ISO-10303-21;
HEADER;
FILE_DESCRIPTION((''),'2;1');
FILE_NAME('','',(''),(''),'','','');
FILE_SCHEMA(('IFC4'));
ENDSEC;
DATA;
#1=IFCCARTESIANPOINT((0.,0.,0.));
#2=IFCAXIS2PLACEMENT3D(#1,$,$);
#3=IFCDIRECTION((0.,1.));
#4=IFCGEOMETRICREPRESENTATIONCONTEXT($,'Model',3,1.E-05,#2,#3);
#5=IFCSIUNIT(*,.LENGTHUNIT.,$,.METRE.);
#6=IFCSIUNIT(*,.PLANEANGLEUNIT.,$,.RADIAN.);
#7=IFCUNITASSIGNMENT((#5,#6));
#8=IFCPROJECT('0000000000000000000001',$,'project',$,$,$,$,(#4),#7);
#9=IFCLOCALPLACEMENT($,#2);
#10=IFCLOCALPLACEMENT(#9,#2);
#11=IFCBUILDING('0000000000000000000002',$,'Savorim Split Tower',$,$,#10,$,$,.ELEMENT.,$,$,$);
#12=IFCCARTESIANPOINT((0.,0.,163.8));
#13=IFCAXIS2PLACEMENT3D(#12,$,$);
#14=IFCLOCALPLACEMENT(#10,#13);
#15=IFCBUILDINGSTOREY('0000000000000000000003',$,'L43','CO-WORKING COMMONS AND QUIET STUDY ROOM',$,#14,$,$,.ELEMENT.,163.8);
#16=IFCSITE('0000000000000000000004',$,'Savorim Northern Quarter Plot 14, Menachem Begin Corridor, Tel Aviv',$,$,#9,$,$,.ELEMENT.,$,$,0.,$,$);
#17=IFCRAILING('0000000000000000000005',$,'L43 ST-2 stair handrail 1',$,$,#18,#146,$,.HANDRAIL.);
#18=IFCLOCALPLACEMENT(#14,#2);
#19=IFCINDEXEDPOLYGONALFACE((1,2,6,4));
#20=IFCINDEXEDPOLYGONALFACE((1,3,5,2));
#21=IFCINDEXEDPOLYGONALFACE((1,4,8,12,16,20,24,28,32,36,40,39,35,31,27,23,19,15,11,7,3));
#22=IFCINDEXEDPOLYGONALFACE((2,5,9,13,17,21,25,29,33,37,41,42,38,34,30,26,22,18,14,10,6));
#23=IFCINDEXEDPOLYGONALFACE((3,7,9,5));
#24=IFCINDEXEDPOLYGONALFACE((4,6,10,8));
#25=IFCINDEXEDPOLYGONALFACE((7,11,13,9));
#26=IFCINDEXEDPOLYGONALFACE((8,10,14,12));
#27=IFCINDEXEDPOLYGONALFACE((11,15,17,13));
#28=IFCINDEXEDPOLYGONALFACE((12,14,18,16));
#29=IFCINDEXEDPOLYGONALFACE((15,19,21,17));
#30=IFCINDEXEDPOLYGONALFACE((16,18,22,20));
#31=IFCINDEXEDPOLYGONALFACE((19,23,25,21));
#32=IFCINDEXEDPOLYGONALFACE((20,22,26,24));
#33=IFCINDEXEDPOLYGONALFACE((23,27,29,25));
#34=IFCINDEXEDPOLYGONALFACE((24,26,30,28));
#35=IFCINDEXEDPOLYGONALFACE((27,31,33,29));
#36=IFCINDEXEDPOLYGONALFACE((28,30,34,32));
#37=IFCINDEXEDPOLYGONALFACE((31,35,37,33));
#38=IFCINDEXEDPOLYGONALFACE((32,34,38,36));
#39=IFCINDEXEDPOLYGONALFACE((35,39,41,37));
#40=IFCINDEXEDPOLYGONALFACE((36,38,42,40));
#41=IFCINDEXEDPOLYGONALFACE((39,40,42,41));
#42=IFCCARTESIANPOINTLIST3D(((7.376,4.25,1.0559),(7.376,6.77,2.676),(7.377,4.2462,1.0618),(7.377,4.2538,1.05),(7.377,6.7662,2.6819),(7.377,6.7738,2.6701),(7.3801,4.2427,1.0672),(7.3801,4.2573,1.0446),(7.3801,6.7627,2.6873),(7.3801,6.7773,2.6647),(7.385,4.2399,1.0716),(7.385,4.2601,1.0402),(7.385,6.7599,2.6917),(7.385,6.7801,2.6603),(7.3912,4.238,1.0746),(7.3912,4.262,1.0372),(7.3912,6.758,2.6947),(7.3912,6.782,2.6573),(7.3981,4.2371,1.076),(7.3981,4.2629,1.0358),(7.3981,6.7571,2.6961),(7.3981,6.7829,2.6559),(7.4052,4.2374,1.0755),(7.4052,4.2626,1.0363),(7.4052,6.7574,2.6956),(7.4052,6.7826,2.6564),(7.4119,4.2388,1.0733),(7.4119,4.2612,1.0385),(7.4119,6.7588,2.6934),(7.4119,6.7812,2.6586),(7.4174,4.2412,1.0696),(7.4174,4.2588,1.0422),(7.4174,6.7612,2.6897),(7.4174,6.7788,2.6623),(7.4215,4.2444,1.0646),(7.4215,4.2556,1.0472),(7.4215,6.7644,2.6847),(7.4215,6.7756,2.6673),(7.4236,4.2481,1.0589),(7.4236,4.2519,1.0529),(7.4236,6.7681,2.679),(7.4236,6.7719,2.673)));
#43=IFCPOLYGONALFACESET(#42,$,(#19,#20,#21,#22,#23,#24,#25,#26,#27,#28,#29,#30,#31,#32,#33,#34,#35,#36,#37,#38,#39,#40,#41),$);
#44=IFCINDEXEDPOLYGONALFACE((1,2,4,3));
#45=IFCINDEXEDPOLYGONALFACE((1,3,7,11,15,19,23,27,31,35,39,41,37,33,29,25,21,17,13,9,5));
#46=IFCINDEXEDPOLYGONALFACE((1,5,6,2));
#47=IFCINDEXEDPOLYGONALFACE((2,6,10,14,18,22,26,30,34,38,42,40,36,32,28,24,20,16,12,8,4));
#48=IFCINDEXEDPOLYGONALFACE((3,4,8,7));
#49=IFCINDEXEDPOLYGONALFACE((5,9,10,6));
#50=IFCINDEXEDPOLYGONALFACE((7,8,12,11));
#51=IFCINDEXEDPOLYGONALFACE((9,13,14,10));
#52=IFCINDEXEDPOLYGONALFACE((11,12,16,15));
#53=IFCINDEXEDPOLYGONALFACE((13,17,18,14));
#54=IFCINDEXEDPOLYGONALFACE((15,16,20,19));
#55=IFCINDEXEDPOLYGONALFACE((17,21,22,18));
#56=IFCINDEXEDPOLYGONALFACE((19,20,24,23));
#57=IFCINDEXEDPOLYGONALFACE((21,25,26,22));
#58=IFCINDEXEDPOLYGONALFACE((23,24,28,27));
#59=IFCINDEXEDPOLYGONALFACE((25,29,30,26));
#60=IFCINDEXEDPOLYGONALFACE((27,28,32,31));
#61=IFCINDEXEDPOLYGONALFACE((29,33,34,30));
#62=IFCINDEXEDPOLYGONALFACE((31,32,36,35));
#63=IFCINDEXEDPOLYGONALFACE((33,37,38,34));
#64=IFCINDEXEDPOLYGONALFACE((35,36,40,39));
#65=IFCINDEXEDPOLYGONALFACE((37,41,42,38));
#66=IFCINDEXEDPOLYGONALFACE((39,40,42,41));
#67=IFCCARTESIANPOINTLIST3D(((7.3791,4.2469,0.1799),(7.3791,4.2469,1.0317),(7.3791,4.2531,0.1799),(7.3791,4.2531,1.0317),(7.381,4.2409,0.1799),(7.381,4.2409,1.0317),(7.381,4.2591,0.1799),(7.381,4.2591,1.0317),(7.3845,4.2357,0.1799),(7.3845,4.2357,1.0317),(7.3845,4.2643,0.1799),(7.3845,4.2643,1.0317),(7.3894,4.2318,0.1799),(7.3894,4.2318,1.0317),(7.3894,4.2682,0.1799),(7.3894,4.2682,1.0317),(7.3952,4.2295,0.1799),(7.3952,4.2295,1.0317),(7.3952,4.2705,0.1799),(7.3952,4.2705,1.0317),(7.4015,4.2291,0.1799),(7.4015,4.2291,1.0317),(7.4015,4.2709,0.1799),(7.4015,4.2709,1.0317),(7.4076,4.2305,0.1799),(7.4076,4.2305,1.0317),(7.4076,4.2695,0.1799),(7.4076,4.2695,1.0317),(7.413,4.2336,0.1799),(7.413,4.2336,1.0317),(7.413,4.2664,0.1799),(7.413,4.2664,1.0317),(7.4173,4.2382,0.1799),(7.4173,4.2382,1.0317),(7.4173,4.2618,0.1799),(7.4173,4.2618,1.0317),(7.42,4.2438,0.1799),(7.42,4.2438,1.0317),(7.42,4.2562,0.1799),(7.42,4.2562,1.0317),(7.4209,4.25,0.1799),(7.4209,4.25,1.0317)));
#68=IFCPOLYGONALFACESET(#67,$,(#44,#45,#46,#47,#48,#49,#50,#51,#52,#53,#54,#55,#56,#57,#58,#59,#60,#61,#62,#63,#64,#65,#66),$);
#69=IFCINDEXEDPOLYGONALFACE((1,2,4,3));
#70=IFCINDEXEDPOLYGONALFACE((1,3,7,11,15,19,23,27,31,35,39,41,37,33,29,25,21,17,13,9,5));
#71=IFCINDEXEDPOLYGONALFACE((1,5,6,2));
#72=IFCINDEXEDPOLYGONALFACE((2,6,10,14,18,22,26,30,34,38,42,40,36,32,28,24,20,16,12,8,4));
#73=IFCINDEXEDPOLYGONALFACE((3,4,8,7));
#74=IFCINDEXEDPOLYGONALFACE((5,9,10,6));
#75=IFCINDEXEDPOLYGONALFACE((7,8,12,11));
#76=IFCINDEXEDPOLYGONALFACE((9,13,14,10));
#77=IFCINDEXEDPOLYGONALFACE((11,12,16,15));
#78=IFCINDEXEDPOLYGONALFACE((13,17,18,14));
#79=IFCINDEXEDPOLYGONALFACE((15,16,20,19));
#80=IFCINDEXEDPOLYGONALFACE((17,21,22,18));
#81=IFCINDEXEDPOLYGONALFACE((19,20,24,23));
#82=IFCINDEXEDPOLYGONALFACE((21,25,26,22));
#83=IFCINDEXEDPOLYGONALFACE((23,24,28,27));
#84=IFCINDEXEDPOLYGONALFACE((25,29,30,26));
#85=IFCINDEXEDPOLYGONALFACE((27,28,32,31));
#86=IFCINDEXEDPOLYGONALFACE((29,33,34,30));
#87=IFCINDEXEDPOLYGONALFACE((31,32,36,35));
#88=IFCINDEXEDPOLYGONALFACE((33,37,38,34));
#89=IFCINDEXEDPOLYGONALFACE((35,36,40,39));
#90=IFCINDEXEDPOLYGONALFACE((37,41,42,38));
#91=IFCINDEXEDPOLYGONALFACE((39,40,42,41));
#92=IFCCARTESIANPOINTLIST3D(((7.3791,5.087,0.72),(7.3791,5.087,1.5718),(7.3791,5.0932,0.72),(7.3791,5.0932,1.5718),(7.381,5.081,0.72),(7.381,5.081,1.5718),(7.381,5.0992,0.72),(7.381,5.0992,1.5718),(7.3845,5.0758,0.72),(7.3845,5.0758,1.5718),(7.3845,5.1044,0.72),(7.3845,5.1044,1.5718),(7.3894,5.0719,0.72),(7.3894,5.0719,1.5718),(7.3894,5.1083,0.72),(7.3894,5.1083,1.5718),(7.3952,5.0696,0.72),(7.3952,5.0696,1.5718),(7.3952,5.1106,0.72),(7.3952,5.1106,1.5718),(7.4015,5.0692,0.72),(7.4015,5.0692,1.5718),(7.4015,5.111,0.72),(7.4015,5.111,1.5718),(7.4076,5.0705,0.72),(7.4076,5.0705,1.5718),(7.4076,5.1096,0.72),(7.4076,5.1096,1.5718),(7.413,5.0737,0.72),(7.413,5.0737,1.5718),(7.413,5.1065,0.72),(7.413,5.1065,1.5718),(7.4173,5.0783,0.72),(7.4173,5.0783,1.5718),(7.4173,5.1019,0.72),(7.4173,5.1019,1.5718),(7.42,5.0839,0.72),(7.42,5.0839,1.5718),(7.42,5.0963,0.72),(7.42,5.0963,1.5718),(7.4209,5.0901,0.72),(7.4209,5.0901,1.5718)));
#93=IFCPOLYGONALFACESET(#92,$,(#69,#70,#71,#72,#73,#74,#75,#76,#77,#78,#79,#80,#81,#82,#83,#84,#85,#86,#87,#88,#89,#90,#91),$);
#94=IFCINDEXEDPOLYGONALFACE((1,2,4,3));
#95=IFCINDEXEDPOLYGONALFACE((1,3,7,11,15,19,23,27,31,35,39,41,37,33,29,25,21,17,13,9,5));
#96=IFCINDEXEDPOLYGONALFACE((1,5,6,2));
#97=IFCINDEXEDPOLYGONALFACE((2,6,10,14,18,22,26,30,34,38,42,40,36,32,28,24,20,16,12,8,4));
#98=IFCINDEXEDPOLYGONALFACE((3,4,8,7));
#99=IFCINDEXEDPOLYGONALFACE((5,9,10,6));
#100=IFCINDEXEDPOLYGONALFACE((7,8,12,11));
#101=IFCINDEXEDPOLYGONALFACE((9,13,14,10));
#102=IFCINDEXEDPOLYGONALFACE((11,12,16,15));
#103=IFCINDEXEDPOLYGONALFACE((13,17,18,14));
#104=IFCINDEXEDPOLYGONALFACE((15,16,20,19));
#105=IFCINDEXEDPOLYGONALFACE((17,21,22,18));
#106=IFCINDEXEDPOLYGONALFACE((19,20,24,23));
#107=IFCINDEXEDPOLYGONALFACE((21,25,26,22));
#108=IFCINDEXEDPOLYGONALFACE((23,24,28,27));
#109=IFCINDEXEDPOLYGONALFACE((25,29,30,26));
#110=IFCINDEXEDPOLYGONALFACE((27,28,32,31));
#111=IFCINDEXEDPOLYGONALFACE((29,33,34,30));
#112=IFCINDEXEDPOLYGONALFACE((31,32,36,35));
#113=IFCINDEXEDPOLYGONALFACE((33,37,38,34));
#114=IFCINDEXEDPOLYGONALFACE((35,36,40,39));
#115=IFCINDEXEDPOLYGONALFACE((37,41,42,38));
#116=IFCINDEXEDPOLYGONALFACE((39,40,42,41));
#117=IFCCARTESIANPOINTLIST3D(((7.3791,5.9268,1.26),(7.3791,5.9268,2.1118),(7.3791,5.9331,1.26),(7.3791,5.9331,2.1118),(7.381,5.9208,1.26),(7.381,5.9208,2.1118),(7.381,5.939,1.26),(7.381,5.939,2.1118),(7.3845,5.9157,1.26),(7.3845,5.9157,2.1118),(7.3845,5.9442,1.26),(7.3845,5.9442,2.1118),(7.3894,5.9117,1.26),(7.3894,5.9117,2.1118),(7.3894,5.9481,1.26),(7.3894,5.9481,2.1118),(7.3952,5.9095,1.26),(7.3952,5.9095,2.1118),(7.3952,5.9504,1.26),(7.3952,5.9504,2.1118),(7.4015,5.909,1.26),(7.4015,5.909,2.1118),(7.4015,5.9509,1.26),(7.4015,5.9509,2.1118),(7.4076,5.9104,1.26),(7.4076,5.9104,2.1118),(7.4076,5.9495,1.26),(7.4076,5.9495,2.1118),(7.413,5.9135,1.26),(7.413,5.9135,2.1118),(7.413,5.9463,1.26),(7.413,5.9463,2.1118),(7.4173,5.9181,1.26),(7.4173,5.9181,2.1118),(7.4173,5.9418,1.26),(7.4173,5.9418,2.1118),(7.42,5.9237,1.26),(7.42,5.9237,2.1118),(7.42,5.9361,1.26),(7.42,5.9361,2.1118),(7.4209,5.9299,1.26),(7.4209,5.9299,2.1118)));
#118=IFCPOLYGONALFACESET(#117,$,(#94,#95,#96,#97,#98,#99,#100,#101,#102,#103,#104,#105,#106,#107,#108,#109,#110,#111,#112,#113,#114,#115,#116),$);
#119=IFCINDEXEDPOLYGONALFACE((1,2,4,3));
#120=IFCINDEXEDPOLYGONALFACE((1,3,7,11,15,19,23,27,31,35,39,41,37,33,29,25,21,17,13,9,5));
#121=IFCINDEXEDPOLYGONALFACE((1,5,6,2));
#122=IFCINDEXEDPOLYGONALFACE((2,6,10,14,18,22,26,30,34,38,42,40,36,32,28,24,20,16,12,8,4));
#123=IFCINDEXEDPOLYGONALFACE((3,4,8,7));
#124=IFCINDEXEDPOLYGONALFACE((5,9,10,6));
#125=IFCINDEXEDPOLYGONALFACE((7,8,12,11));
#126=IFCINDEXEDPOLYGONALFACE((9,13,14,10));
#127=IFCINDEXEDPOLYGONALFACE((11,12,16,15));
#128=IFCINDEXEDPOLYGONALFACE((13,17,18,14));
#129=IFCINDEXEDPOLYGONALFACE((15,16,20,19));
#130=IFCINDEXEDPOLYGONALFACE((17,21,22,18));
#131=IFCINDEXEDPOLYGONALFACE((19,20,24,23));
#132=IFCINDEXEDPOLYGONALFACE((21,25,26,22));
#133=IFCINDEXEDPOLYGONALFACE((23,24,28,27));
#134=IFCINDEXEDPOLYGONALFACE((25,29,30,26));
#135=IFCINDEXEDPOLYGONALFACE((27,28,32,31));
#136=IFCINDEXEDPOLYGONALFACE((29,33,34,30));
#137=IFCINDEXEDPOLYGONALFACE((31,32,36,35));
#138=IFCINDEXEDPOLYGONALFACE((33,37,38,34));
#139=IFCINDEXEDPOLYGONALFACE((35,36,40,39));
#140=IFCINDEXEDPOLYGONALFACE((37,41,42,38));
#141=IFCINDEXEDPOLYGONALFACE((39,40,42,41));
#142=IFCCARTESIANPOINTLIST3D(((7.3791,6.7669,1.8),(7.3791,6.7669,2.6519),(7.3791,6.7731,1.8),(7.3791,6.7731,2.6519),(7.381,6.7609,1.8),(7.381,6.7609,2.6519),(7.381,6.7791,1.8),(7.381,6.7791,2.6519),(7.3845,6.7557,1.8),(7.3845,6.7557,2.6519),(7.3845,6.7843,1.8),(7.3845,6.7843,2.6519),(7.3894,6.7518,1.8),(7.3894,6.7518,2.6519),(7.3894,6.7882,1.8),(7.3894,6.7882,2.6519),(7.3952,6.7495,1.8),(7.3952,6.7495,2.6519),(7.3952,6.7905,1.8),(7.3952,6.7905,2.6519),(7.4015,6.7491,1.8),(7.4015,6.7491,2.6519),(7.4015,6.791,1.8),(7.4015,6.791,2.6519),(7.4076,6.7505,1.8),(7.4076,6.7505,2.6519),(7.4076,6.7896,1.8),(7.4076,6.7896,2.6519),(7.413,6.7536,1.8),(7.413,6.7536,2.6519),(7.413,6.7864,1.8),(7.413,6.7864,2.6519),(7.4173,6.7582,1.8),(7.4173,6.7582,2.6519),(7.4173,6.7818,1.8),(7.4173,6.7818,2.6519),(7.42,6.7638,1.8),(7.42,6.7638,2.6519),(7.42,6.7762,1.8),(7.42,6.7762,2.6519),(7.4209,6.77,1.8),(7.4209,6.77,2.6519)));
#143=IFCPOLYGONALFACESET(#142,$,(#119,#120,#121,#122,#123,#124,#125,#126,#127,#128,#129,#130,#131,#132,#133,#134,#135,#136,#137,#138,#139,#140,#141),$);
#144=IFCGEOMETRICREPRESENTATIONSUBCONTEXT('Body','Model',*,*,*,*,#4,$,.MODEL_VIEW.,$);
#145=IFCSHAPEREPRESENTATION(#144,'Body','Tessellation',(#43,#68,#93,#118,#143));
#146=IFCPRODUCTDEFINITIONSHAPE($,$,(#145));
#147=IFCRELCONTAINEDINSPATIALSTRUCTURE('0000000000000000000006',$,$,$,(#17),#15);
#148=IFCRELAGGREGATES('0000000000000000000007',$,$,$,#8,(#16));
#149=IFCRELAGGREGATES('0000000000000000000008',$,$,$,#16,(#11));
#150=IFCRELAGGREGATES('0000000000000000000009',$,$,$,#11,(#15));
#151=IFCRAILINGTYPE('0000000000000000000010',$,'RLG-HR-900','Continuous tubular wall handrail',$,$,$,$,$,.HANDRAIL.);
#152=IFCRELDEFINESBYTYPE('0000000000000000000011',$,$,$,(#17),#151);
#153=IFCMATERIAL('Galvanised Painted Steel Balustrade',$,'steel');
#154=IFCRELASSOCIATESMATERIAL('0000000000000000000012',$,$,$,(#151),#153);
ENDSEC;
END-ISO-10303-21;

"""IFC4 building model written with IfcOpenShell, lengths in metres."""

from ifc_helpers import new_model, si_unit, direction, frame, origin, origin_2d, place, context, subcontext, project, spatial, circle, extrude, material, type_object, element, save


model = new_model("IFC4")

# Units and contexts
model_context = context("Model", 3, precision=1e-05, world=origin(), true_north=direction((0.0, 1.0)))
body_context = subcontext(model_context, "Body", "Model", "MODEL_VIEW")
ifc_project = project(units=[si_unit("LENGTHUNIT", "METRE"), si_unit("PLANEANGLEUNIT", "RADIAN")], contexts=[model_context])

# Site, building, storey
site_placement = place(None, origin())
site = spatial("IfcSite", under=ifc_project, at=site_placement, Name="Savorim Northern Quarter Plot 14, Menachem Begin Corridor, Tel Aviv", CompositionType="ELEMENT", RefElevation=0.0)
building_placement = place(site_placement, origin())
building = spatial("IfcBuilding", under=site, at=building_placement, Name="Savorim Split Tower", CompositionType="ELEMENT")
storey_placement = place(building_placement, frame((0.0, 0.0, 163.8)))
storey = spatial("IfcBuildingStorey", under=building, at=storey_placement, Name="L43", Description="CO-WORKING COMMONS AND QUIET STUDY ROOM", CompositionType="ELEMENT", Elevation=163.8)

# Railing
ifc_material_1 = material(Name="Galvanised Painted Steel Balustrade", Category="steel")
railing_type_1 = type_object("IfcRailingType", Name="RLG-HR-900", Description="Continuous tubular wall handrail", PredefinedType="HANDRAIL", material=ifc_material_1)
railing_1_placement = place(storey_placement, frame((7.3999, 4.25, 0.1799)))
element("IfcRailing", 1, at=railing_1_placement, inside=storey, type_object=railing_type_1, Name="L43 ST-2 stair handrail 1", PredefinedType="HANDRAIL", context=body_context, shape_type="SweptSolid", body=[
    extrude(circle(Radius=0.0239, at=origin_2d()), frame((0.0, 0.0, 0.876), z_axis=(0.0, 0.841163, 0.540782), x_axis=(-1.0, 0.0, 0.0)), (0.0, 0.0, 1.0), 2.9958),
    extrude(circle(Radius=0.021, at=origin_2d()), origin(), (0.0, 0.0, 1.0), 0.8518),
    extrude(circle(Radius=0.021, at=origin_2d()), frame((0.0, 0.8401, 0.54)), (0.0, 0.0, 1.0), 0.8518),
    extrude(circle(Radius=0.021, at=origin_2d()), frame((0.0, 1.6799, 1.0801)), (0.0, 0.0, 1.0), 0.8518),
    extrude(circle(Radius=0.021, at=origin_2d()), frame((0.0, 2.52, 1.6201)), (0.0, 0.0, 1.0), 0.8518),
])

save(model, "model.ifc")
